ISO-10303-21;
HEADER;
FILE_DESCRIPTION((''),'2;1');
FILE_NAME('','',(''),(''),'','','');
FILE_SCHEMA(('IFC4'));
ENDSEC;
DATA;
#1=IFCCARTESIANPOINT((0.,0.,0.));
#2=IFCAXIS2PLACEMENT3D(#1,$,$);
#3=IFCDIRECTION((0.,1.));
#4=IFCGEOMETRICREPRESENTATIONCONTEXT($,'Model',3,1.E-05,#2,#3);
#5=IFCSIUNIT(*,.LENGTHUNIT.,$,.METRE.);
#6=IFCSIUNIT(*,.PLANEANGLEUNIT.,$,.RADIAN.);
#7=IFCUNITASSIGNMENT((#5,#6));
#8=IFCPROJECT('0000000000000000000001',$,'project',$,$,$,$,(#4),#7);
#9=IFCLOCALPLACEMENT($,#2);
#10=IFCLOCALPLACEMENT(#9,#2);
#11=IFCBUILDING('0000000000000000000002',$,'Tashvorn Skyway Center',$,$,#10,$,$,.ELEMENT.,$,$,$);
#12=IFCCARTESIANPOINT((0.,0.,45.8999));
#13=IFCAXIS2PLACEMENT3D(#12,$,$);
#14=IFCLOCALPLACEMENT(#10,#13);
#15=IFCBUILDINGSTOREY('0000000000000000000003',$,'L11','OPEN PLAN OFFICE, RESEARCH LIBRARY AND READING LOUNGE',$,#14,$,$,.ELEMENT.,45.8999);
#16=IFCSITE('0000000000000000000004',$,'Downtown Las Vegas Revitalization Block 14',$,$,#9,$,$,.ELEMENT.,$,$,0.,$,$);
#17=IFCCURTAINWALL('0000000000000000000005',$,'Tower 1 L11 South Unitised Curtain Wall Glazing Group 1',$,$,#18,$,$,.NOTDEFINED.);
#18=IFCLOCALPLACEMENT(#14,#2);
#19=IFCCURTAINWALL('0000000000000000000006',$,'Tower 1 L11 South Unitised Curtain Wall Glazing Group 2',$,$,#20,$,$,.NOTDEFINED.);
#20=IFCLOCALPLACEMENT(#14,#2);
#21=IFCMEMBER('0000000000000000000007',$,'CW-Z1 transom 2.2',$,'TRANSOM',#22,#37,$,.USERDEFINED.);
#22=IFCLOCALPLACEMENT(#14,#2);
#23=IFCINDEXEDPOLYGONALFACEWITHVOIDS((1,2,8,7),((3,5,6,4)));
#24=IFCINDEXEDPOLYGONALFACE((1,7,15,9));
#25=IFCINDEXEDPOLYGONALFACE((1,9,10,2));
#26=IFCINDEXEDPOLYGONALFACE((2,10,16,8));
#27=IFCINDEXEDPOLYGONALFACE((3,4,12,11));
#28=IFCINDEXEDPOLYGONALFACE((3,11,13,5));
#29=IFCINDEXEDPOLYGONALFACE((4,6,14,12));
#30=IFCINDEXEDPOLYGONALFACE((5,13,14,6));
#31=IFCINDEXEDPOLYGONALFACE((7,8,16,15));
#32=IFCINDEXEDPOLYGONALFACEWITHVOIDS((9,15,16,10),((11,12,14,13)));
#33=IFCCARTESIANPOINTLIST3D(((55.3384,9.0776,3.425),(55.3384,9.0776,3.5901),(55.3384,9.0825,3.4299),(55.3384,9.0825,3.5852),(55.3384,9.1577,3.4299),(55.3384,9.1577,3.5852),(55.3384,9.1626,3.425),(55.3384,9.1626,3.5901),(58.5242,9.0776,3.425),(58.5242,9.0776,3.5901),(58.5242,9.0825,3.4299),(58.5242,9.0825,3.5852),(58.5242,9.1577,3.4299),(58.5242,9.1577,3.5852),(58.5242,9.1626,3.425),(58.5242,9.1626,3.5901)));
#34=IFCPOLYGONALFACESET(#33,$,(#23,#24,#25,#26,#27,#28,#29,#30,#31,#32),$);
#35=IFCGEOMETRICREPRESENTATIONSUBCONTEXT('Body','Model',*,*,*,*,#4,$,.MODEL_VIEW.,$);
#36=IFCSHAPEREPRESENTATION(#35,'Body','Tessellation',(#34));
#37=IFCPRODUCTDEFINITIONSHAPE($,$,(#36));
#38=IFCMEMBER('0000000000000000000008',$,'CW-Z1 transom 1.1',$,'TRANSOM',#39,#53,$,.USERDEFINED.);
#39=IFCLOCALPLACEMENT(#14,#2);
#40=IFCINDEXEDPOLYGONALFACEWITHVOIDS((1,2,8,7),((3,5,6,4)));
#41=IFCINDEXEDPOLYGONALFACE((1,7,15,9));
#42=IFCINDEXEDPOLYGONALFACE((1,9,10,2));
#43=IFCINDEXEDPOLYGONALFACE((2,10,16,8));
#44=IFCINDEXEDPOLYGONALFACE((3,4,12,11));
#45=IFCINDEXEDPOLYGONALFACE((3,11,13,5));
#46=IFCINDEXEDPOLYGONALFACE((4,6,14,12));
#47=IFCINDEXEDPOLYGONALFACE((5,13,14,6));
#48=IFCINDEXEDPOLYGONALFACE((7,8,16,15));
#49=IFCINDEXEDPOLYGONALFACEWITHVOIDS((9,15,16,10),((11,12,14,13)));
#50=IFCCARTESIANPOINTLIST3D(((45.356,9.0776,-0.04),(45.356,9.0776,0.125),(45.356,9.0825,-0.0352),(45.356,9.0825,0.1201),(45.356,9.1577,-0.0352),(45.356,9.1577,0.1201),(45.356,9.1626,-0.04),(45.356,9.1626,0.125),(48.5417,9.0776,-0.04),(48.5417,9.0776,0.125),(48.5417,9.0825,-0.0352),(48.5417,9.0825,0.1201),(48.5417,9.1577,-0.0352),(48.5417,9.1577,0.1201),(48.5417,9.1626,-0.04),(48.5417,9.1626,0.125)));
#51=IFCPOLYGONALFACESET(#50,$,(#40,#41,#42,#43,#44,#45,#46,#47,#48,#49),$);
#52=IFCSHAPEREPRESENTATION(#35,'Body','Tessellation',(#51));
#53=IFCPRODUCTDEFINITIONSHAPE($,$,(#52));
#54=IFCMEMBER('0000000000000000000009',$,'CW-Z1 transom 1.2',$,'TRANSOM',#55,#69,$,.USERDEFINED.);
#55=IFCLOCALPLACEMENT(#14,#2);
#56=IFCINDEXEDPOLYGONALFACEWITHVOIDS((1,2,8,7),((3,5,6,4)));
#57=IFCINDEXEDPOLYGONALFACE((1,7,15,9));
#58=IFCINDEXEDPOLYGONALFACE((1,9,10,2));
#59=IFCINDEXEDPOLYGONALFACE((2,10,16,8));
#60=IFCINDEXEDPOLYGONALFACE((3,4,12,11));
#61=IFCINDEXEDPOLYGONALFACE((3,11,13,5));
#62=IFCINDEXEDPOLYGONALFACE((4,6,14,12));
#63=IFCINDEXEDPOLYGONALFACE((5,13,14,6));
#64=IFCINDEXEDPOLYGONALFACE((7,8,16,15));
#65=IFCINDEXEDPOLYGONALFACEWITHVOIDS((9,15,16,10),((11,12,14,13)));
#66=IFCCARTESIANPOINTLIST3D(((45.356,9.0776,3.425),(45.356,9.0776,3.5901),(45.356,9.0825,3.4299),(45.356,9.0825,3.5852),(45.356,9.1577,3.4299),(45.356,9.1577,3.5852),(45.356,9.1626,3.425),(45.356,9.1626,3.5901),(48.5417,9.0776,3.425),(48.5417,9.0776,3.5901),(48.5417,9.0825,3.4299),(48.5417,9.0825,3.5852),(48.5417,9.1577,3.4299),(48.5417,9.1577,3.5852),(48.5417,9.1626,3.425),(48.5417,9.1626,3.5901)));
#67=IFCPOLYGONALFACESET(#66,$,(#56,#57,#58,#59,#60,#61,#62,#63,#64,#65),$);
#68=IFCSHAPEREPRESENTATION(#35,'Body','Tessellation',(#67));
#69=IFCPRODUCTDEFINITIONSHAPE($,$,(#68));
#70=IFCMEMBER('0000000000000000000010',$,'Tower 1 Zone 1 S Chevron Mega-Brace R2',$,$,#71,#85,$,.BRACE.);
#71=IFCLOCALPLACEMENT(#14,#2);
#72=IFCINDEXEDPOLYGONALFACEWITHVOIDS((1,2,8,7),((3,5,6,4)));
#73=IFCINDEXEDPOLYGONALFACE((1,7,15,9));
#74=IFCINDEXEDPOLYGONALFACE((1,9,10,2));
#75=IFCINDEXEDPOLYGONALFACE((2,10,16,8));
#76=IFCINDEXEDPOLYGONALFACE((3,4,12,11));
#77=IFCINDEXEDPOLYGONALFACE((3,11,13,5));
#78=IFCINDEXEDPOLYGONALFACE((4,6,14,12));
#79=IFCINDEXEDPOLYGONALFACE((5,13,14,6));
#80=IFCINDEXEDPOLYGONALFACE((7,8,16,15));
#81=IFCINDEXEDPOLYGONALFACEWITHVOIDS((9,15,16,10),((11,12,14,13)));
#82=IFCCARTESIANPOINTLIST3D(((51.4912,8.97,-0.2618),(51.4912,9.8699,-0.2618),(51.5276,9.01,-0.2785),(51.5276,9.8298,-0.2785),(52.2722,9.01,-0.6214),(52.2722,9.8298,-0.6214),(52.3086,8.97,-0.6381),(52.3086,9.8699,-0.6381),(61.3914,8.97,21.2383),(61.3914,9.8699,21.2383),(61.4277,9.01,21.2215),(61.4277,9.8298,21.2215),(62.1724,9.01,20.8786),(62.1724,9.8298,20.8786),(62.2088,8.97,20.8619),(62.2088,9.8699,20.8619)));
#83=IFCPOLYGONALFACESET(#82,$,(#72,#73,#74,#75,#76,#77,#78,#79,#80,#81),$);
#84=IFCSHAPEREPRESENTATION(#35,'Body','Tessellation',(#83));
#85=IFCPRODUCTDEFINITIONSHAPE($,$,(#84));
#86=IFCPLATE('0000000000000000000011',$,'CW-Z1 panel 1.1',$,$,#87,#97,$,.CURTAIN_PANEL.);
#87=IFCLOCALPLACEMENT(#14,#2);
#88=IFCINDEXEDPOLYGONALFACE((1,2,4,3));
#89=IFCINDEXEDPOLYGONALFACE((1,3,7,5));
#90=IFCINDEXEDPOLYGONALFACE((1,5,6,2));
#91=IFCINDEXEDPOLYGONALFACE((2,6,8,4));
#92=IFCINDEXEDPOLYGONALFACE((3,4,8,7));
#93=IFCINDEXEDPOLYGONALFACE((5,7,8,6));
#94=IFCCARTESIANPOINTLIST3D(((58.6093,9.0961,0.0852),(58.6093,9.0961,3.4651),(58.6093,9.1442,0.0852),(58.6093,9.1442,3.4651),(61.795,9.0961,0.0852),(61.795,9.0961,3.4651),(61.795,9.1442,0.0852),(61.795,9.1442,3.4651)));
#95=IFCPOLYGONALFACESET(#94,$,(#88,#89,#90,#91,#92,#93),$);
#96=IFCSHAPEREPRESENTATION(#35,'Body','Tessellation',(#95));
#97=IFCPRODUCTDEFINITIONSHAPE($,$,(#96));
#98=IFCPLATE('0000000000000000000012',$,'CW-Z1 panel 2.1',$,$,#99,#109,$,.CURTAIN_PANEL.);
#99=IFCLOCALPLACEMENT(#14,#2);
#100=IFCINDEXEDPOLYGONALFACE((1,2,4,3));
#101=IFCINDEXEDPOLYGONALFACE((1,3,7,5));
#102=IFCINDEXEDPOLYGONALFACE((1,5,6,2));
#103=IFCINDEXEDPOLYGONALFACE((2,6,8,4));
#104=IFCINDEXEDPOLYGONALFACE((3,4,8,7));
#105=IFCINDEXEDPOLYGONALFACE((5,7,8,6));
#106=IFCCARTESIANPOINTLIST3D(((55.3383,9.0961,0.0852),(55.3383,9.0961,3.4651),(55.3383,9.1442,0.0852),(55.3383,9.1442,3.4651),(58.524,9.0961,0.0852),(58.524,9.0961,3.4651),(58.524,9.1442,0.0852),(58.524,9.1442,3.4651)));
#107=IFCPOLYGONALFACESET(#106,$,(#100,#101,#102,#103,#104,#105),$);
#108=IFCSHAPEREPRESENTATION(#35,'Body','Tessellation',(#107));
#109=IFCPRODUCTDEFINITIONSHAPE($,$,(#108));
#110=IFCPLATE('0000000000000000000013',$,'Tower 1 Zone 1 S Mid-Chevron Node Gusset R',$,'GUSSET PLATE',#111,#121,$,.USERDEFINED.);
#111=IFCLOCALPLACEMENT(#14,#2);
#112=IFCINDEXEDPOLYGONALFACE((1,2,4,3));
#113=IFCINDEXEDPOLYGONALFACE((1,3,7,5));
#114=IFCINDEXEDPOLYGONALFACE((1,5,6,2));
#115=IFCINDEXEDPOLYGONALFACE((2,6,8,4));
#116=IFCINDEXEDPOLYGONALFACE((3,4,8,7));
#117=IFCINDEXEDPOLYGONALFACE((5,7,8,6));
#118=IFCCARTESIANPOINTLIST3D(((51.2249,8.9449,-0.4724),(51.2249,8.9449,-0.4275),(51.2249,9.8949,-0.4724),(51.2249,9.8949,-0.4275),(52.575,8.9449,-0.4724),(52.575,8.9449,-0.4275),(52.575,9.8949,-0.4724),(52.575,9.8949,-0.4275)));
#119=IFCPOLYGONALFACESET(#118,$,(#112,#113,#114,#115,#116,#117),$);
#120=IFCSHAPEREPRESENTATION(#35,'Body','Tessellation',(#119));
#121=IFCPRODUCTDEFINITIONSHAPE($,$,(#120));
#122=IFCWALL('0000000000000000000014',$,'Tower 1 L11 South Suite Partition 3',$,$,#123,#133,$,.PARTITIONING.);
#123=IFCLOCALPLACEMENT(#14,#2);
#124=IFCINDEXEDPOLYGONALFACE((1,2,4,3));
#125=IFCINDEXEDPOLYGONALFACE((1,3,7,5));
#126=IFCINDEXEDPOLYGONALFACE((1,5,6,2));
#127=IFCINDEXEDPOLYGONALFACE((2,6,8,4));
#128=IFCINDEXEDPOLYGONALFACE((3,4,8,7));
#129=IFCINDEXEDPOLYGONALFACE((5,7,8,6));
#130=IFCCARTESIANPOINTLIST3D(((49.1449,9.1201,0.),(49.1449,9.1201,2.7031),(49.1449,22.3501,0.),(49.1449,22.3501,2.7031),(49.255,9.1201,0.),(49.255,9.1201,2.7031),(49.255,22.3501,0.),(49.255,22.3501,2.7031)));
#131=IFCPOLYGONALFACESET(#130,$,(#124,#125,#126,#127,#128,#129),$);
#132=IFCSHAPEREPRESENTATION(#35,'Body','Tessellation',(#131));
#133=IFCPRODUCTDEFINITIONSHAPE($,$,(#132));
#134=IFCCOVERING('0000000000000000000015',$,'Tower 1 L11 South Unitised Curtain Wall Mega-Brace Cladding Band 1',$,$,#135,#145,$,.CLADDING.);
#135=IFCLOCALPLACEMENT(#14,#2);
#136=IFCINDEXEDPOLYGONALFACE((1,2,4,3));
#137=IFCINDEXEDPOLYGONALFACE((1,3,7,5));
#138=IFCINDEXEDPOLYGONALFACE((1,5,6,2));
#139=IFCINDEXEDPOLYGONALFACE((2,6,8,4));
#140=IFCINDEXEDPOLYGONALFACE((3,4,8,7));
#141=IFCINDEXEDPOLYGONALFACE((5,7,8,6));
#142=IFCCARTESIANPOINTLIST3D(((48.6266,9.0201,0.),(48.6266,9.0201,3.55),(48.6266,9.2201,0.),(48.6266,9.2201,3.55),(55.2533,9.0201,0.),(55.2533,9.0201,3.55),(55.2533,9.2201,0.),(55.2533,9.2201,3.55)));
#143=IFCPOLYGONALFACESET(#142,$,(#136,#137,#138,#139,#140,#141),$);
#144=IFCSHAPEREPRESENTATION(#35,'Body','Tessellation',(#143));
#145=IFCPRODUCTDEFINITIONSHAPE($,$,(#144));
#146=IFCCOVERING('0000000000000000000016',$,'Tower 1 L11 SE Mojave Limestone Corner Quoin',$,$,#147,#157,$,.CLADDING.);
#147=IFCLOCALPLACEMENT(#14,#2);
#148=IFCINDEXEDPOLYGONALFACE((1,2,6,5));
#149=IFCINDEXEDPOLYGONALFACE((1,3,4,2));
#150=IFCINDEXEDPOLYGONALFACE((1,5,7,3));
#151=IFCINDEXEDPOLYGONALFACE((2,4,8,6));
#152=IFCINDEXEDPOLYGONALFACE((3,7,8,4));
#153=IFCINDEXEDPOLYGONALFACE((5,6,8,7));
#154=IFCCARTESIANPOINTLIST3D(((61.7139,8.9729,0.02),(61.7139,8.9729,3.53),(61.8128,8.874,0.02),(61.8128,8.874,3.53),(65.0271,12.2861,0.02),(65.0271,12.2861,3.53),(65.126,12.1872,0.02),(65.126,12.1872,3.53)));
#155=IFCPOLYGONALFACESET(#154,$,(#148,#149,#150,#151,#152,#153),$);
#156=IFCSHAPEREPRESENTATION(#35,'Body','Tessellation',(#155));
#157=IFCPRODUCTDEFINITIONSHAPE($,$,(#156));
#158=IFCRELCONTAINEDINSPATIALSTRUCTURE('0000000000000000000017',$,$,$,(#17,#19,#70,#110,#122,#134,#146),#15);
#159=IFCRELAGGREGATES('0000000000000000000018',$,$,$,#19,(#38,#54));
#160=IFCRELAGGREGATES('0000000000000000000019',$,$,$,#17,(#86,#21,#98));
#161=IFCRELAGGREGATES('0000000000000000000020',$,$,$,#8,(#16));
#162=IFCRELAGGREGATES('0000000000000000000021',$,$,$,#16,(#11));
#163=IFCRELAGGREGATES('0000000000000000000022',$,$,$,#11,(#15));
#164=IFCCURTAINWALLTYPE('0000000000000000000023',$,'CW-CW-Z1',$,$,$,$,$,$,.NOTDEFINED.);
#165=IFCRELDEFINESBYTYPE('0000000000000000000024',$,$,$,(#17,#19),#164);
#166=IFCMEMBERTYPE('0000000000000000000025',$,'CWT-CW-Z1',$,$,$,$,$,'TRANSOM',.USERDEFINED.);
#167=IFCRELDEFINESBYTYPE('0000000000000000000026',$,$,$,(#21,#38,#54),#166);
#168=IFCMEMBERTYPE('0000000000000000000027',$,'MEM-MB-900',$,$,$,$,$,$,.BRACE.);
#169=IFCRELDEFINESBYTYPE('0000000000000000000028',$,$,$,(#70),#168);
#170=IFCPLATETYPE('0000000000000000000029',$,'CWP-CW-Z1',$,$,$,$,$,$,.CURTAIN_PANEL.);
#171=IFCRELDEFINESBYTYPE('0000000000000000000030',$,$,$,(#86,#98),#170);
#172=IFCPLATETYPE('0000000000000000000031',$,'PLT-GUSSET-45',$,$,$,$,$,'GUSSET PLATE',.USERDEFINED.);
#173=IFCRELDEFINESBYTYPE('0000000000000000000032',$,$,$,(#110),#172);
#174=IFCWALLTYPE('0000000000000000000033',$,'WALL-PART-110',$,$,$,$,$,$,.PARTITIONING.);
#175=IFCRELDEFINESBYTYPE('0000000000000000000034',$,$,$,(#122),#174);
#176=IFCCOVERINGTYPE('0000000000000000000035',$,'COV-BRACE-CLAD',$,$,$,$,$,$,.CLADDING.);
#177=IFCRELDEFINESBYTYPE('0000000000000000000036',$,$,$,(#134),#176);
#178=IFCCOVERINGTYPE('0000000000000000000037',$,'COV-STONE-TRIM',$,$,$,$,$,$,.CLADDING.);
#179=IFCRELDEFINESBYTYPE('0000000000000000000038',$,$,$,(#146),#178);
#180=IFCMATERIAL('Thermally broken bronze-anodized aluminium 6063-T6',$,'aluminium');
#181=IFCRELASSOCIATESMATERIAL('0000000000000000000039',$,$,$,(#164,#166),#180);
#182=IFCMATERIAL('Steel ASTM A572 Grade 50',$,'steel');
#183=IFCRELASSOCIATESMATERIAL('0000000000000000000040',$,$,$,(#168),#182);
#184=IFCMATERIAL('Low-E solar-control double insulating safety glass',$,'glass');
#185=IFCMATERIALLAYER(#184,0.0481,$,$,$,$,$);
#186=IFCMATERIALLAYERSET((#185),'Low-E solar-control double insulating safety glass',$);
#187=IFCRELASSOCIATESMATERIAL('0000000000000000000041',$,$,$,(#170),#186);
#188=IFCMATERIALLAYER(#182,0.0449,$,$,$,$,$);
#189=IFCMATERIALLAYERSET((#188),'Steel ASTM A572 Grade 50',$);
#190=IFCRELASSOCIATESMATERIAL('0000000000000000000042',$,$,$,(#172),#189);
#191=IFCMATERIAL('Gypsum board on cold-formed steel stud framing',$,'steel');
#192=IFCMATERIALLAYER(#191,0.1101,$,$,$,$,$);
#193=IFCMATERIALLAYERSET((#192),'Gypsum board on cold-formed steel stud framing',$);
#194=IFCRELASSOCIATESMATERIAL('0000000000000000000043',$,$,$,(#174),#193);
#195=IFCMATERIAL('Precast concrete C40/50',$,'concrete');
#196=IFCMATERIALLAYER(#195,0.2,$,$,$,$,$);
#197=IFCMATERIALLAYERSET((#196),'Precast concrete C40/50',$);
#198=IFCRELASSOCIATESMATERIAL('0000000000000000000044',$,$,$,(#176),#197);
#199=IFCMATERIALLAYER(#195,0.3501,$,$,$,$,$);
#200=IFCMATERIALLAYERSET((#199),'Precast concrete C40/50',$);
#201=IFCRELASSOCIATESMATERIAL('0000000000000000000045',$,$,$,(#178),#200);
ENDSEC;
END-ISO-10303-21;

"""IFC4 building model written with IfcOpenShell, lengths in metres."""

from ifc_helpers import new_model, si_unit, direction, frame, frame_2d, origin, origin_2d, place, context, subcontext, project, spatial, rectangle, hollow_rectangle, extrude, material, layer, layer_set, material_profile, profile_set, type_object, element, aggregate, save


model = new_model("IFC4")

# Units and contexts
model_context = context("Model", 3, precision=1e-05, world=origin(), true_north=direction((0.0, 1.0)))
body_context = subcontext(model_context, "Body", "Model", "MODEL_VIEW")
ifc_project = project(units=[si_unit("LENGTHUNIT", "METRE"), si_unit("PLANEANGLEUNIT", "RADIAN")], contexts=[model_context])

# Site, building, storey
site_placement = place(None, origin())
site = spatial("IfcSite", under=ifc_project, at=site_placement, Name="Downtown Las Vegas Revitalization Block 14", CompositionType="ELEMENT", RefElevation=0.0)
building_placement = place(site_placement, origin())
building = spatial("IfcBuilding", under=site, at=building_placement, Name="Tashvorn Skyway Center", CompositionType="ELEMENT")
storey_placement = place(building_placement, frame((0.0, 0.0, 45.8999)))
storey = spatial("IfcBuildingStorey", under=building, at=storey_placement, Name="L11", Description="OPEN PLAN OFFICE, RESEARCH LIBRARY AND READING LOUNGE", CompositionType="ELEMENT", Elevation=45.8999)

# Shared definitions
ifc_material_1 = material(Name="Steel ASTM A572 Grade 50", Category="steel")

# Curtain wall
ifc_material_2 = material(Name="Thermally broken bronze-anodized aluminium 6063-T6", Category="aluminium")
curtain_wall_type = type_object("IfcCurtainWallType", Name="CW-CW-Z1", PredefinedType="NOTDEFINED", material=ifc_material_2)
curtain_wall_1_placement = place(storey_placement, origin())
curtain_wall_1 = element("IfcCurtainWall", 1, at=curtain_wall_1_placement, inside=storey, type_object=curtain_wall_type, Name="Tower 1 L11 South Unitised Curtain Wall Glazing Group 1", PredefinedType="NOTDEFINED")

# Curtain wall
curtain_wall_2_placement = place(storey_placement, origin())
curtain_wall_2 = element("IfcCurtainWall", 2, at=curtain_wall_2_placement, inside=storey, type_object=curtain_wall_type, Name="Tower 1 L11 South Unitised Curtain Wall Glazing Group 2", PredefinedType="NOTDEFINED")

# Members
ifc_material_profile_1 = material_profile(ifc_material_2, hollow_rectangle(XDim=0.085, YDim=0.165, WallThickness=0.0049, at=origin_2d()), Name="ALU-TRAN-85x165")
ifc_profile_set_1 = profile_set([ifc_material_profile_1], Name="Thermally broken bronze-anodized aluminium 6063-T6")
member_type_1 = type_object("IfcMemberType", Name="CWT-CW-Z1", ElementType="TRANSOM", PredefinedType="USERDEFINED", material=ifc_profile_set_1)
member_1_placement = place(storey_placement, frame((58.5242, 9.1201, 3.5076), z_axis=(-1.0, 0.0, 0.0), x_axis=(0.0, -1.0, 0.0)))
member_1 = element("IfcMember", 3, at=member_1_placement, type_object=member_type_1, Name="CW-Z1 transom 2.2", ObjectType="TRANSOM", PredefinedType="USERDEFINED", context=body_context, shape_type="SweptSolid", body=[
    extrude(hollow_rectangle(XDim=0.085, YDim=0.165, WallThickness=0.0049, at=origin_2d()), origin(), (0.0, 0.0, 1.0), 3.1858),
])
member_2_placement = place(storey_placement, frame((48.5417, 9.1201, 0.0425), z_axis=(-1.0, 0.0, 0.0), x_axis=(0.0, -1.0, 0.0)))
member_2 = element("IfcMember", 4, at=member_2_placement, type_object=member_type_1, Name="CW-Z1 transom 1.1", ObjectType="TRANSOM", PredefinedType="USERDEFINED", context=body_context, shape_type="SweptSolid", body=[
    extrude(hollow_rectangle(XDim=0.085, YDim=0.165, WallThickness=0.0049, at=origin_2d()), origin(), (0.0, 0.0, 1.0), 3.1858),
])
member_3_placement = place(storey_placement, frame((48.5417, 9.1201, 3.5076), z_axis=(-1.0, 0.0, 0.0), x_axis=(0.0, -1.0, 0.0)))
member_3 = element("IfcMember", 5, at=member_3_placement, type_object=member_type_1, Name="CW-Z1 transom 1.2", ObjectType="TRANSOM", PredefinedType="USERDEFINED", context=body_context, shape_type="SweptSolid", body=[
    extrude(hollow_rectangle(XDim=0.085, YDim=0.165, WallThickness=0.0049, at=origin_2d()), origin(), (0.0, 0.0, 1.0), 3.1858),
])
aggregate(curtain_wall_2, [member_2, member_3])
ifc_material_profile_2 = material_profile(ifc_material_1, hollow_rectangle(XDim=0.8999, YDim=0.8999, WallThickness=0.04, at=origin_2d()), Name="BOX900x900x40")
ifc_profile_set_2 = profile_set([ifc_material_profile_2], Name="Steel ASTM A572 Grade 50")
member_type_2 = type_object("IfcMemberType", Name="MEM-MB-900", PredefinedType="BRACE", material=ifc_profile_set_2)
member_4_placement = place(storey_placement, frame((51.8999, 9.4199, -0.45), z_axis=(0.418259, 0.0, 0.908328), x_axis=(0.0, 1.0, 0.0)))
element("IfcMember", 6, at=member_4_placement, inside=storey, type_object=member_type_2, Name="Tower 1 Zone 1 S Chevron Mega-Brace R2", PredefinedType="BRACE", context=body_context, shape_type="SweptSolid", body=[
    extrude(hollow_rectangle(XDim=0.8999, YDim=0.8999, WallThickness=0.04, at=origin_2d()), origin(), (0.0, 0.0, 1.0), 23.6699),
])

# Plates
ifc_material_3 = material(Name="Low-E solar-control double insulating safety glass", Category="glass")
ifc_layer_1 = layer(ifc_material_3, 0.0481)
ifc_layer_set_1 = layer_set([ifc_layer_1], Name="Low-E solar-control double insulating safety glass")
plate_type_1 = type_object("IfcPlateType", Name="CWP-CW-Z1", PredefinedType="CURTAIN_PANEL", material=ifc_layer_set_1)
plate_1_placement = place(storey_placement, frame((60.2021, 9.1201, 0.0852), z_axis=(0.0, 0.0, 1.0), x_axis=(-1.0, 0.0, 0.0)))
plate_1 = element("IfcPlate", 7, at=plate_1_placement, type_object=plate_type_1, Name="CW-Z1 panel 1.1", PredefinedType="CURTAIN_PANEL", context=body_context, shape_type="SweptSolid", body=[
    extrude(rectangle(XDim=3.1858, YDim=0.0481, at=origin_2d()), origin(), (0.0, 0.0, 1.0), 3.3799),
])
plate_2_placement = place(storey_placement, frame((56.9312, 9.1201, 0.0852), z_axis=(0.0, 0.0, 1.0), x_axis=(-1.0, 0.0, 0.0)))
plate_2 = element("IfcPlate", 8, at=plate_2_placement, type_object=plate_type_1, Name="CW-Z1 panel 2.1", PredefinedType="CURTAIN_PANEL", context=body_context, shape_type="SweptSolid", body=[
    extrude(rectangle(XDim=3.1858, YDim=0.0481, at=origin_2d()), origin(), (0.0, 0.0, 1.0), 3.3799),
])
aggregate(curtain_wall_1, [plate_1, member_1, plate_2])
ifc_layer_2 = layer(ifc_material_1, 0.0449)
ifc_layer_set_2 = layer_set([ifc_layer_2], Name="Steel ASTM A572 Grade 50")
plate_type_2 = type_object("IfcPlateType", Name="PLT-GUSSET-45", ElementType="GUSSET PLATE", PredefinedType="USERDEFINED", material=ifc_layer_set_2)
plate_3_placement = place(storey_placement, frame((51.8999, 9.4199, -0.4724), z_axis=(0.0, 0.0, 1.0), x_axis=(1.0, 0.0, 0.0)))
element("IfcPlate", 9, at=plate_3_placement, inside=storey, type_object=plate_type_2, Name="Tower 1 Zone 1 S Mid-Chevron Node Gusset R", ObjectType="GUSSET PLATE", PredefinedType="USERDEFINED", context=body_context, shape_type="SweptSolid", body=[
    extrude(rectangle(XDim=1.3501, YDim=0.95, at=origin_2d()), origin(), (0.0, 0.0, 1.0), 0.0449),
])

# Wall
ifc_material_4 = material(Name="Gypsum board on cold-formed steel stud framing", Category="steel")
ifc_layer_3 = layer(ifc_material_4, 0.1101)
ifc_layer_set_3 = layer_set([ifc_layer_3], Name="Gypsum board on cold-formed steel stud framing")
wall_type = type_object("IfcWallType", Name="WALL-PART-110", PredefinedType="PARTITIONING", material=ifc_layer_set_3)
wall_placement = place(storey_placement, frame((49.2, 9.1201, 0.0), z_axis=(0.0, 0.0, 1.0), x_axis=(0.0, 1.0, 0.0)))
element("IfcWall", 10, at=wall_placement, inside=storey, type_object=wall_type, Name="Tower 1 L11 South Suite Partition 3", PredefinedType="PARTITIONING", context=body_context, shape_type="SweptSolid", body=[
    extrude(rectangle(XDim=13.23, YDim=0.1101, at=frame_2d((6.615, 0.0))), origin(), (0.0, 0.0, 1.0), 2.7031),
])

# Coverings
ifc_material_5 = material(Name="Precast concrete C40/50", Category="concrete")
ifc_layer_4 = layer(ifc_material_5, 0.2)
ifc_layer_set_4 = layer_set([ifc_layer_4], Name="Precast concrete C40/50")
covering_type_1 = type_object("IfcCoveringType", Name="COV-BRACE-CLAD", PredefinedType="CLADDING", material=ifc_layer_set_4)
covering_1_placement = place(storey_placement, frame((51.9399, 9.1201, 0.0), z_axis=(0.0, 0.0, 1.0), x_axis=(-1.0, 0.0, 0.0)))
element("IfcCovering", 11, at=covering_1_placement, inside=storey, type_object=covering_type_1, Name="Tower 1 L11 South Unitised Curtain Wall Mega-Brace Cladding Band 1", PredefinedType="CLADDING", context=body_context, shape_type="SweptSolid", body=[
    extrude(rectangle(XDim=6.6267, YDim=0.2, at=origin_2d()), origin(), (0.0, 0.0, 1.0), 3.55),
])
ifc_layer_5 = layer(ifc_material_5, 0.3501)
ifc_layer_set_5 = layer_set([ifc_layer_5], Name="Precast concrete C40/50")
covering_type_2 = type_object("IfcCoveringType", Name="COV-STONE-TRIM", PredefinedType="CLADDING", material=ifc_layer_set_5)
covering_2_placement = place(storey_placement, frame((63.4199, 10.5801, 0.02), z_axis=(0.0, 0.0, 1.0), x_axis=(0.707107, 0.707107, 0.0)))
element("IfcCovering", 12, at=covering_2_placement, inside=storey, type_object=covering_type_2, Name="Tower 1 L11 SE Mojave Limestone Corner Quoin", PredefinedType="CLADDING", context=body_context, shape_type="SweptSolid", body=[
    extrude(rectangle(XDim=4.6855, YDim=0.1399, at=origin_2d()), origin(), (0.0, 0.0, 1.0), 3.51),
])

save(model, "model.ifc")
